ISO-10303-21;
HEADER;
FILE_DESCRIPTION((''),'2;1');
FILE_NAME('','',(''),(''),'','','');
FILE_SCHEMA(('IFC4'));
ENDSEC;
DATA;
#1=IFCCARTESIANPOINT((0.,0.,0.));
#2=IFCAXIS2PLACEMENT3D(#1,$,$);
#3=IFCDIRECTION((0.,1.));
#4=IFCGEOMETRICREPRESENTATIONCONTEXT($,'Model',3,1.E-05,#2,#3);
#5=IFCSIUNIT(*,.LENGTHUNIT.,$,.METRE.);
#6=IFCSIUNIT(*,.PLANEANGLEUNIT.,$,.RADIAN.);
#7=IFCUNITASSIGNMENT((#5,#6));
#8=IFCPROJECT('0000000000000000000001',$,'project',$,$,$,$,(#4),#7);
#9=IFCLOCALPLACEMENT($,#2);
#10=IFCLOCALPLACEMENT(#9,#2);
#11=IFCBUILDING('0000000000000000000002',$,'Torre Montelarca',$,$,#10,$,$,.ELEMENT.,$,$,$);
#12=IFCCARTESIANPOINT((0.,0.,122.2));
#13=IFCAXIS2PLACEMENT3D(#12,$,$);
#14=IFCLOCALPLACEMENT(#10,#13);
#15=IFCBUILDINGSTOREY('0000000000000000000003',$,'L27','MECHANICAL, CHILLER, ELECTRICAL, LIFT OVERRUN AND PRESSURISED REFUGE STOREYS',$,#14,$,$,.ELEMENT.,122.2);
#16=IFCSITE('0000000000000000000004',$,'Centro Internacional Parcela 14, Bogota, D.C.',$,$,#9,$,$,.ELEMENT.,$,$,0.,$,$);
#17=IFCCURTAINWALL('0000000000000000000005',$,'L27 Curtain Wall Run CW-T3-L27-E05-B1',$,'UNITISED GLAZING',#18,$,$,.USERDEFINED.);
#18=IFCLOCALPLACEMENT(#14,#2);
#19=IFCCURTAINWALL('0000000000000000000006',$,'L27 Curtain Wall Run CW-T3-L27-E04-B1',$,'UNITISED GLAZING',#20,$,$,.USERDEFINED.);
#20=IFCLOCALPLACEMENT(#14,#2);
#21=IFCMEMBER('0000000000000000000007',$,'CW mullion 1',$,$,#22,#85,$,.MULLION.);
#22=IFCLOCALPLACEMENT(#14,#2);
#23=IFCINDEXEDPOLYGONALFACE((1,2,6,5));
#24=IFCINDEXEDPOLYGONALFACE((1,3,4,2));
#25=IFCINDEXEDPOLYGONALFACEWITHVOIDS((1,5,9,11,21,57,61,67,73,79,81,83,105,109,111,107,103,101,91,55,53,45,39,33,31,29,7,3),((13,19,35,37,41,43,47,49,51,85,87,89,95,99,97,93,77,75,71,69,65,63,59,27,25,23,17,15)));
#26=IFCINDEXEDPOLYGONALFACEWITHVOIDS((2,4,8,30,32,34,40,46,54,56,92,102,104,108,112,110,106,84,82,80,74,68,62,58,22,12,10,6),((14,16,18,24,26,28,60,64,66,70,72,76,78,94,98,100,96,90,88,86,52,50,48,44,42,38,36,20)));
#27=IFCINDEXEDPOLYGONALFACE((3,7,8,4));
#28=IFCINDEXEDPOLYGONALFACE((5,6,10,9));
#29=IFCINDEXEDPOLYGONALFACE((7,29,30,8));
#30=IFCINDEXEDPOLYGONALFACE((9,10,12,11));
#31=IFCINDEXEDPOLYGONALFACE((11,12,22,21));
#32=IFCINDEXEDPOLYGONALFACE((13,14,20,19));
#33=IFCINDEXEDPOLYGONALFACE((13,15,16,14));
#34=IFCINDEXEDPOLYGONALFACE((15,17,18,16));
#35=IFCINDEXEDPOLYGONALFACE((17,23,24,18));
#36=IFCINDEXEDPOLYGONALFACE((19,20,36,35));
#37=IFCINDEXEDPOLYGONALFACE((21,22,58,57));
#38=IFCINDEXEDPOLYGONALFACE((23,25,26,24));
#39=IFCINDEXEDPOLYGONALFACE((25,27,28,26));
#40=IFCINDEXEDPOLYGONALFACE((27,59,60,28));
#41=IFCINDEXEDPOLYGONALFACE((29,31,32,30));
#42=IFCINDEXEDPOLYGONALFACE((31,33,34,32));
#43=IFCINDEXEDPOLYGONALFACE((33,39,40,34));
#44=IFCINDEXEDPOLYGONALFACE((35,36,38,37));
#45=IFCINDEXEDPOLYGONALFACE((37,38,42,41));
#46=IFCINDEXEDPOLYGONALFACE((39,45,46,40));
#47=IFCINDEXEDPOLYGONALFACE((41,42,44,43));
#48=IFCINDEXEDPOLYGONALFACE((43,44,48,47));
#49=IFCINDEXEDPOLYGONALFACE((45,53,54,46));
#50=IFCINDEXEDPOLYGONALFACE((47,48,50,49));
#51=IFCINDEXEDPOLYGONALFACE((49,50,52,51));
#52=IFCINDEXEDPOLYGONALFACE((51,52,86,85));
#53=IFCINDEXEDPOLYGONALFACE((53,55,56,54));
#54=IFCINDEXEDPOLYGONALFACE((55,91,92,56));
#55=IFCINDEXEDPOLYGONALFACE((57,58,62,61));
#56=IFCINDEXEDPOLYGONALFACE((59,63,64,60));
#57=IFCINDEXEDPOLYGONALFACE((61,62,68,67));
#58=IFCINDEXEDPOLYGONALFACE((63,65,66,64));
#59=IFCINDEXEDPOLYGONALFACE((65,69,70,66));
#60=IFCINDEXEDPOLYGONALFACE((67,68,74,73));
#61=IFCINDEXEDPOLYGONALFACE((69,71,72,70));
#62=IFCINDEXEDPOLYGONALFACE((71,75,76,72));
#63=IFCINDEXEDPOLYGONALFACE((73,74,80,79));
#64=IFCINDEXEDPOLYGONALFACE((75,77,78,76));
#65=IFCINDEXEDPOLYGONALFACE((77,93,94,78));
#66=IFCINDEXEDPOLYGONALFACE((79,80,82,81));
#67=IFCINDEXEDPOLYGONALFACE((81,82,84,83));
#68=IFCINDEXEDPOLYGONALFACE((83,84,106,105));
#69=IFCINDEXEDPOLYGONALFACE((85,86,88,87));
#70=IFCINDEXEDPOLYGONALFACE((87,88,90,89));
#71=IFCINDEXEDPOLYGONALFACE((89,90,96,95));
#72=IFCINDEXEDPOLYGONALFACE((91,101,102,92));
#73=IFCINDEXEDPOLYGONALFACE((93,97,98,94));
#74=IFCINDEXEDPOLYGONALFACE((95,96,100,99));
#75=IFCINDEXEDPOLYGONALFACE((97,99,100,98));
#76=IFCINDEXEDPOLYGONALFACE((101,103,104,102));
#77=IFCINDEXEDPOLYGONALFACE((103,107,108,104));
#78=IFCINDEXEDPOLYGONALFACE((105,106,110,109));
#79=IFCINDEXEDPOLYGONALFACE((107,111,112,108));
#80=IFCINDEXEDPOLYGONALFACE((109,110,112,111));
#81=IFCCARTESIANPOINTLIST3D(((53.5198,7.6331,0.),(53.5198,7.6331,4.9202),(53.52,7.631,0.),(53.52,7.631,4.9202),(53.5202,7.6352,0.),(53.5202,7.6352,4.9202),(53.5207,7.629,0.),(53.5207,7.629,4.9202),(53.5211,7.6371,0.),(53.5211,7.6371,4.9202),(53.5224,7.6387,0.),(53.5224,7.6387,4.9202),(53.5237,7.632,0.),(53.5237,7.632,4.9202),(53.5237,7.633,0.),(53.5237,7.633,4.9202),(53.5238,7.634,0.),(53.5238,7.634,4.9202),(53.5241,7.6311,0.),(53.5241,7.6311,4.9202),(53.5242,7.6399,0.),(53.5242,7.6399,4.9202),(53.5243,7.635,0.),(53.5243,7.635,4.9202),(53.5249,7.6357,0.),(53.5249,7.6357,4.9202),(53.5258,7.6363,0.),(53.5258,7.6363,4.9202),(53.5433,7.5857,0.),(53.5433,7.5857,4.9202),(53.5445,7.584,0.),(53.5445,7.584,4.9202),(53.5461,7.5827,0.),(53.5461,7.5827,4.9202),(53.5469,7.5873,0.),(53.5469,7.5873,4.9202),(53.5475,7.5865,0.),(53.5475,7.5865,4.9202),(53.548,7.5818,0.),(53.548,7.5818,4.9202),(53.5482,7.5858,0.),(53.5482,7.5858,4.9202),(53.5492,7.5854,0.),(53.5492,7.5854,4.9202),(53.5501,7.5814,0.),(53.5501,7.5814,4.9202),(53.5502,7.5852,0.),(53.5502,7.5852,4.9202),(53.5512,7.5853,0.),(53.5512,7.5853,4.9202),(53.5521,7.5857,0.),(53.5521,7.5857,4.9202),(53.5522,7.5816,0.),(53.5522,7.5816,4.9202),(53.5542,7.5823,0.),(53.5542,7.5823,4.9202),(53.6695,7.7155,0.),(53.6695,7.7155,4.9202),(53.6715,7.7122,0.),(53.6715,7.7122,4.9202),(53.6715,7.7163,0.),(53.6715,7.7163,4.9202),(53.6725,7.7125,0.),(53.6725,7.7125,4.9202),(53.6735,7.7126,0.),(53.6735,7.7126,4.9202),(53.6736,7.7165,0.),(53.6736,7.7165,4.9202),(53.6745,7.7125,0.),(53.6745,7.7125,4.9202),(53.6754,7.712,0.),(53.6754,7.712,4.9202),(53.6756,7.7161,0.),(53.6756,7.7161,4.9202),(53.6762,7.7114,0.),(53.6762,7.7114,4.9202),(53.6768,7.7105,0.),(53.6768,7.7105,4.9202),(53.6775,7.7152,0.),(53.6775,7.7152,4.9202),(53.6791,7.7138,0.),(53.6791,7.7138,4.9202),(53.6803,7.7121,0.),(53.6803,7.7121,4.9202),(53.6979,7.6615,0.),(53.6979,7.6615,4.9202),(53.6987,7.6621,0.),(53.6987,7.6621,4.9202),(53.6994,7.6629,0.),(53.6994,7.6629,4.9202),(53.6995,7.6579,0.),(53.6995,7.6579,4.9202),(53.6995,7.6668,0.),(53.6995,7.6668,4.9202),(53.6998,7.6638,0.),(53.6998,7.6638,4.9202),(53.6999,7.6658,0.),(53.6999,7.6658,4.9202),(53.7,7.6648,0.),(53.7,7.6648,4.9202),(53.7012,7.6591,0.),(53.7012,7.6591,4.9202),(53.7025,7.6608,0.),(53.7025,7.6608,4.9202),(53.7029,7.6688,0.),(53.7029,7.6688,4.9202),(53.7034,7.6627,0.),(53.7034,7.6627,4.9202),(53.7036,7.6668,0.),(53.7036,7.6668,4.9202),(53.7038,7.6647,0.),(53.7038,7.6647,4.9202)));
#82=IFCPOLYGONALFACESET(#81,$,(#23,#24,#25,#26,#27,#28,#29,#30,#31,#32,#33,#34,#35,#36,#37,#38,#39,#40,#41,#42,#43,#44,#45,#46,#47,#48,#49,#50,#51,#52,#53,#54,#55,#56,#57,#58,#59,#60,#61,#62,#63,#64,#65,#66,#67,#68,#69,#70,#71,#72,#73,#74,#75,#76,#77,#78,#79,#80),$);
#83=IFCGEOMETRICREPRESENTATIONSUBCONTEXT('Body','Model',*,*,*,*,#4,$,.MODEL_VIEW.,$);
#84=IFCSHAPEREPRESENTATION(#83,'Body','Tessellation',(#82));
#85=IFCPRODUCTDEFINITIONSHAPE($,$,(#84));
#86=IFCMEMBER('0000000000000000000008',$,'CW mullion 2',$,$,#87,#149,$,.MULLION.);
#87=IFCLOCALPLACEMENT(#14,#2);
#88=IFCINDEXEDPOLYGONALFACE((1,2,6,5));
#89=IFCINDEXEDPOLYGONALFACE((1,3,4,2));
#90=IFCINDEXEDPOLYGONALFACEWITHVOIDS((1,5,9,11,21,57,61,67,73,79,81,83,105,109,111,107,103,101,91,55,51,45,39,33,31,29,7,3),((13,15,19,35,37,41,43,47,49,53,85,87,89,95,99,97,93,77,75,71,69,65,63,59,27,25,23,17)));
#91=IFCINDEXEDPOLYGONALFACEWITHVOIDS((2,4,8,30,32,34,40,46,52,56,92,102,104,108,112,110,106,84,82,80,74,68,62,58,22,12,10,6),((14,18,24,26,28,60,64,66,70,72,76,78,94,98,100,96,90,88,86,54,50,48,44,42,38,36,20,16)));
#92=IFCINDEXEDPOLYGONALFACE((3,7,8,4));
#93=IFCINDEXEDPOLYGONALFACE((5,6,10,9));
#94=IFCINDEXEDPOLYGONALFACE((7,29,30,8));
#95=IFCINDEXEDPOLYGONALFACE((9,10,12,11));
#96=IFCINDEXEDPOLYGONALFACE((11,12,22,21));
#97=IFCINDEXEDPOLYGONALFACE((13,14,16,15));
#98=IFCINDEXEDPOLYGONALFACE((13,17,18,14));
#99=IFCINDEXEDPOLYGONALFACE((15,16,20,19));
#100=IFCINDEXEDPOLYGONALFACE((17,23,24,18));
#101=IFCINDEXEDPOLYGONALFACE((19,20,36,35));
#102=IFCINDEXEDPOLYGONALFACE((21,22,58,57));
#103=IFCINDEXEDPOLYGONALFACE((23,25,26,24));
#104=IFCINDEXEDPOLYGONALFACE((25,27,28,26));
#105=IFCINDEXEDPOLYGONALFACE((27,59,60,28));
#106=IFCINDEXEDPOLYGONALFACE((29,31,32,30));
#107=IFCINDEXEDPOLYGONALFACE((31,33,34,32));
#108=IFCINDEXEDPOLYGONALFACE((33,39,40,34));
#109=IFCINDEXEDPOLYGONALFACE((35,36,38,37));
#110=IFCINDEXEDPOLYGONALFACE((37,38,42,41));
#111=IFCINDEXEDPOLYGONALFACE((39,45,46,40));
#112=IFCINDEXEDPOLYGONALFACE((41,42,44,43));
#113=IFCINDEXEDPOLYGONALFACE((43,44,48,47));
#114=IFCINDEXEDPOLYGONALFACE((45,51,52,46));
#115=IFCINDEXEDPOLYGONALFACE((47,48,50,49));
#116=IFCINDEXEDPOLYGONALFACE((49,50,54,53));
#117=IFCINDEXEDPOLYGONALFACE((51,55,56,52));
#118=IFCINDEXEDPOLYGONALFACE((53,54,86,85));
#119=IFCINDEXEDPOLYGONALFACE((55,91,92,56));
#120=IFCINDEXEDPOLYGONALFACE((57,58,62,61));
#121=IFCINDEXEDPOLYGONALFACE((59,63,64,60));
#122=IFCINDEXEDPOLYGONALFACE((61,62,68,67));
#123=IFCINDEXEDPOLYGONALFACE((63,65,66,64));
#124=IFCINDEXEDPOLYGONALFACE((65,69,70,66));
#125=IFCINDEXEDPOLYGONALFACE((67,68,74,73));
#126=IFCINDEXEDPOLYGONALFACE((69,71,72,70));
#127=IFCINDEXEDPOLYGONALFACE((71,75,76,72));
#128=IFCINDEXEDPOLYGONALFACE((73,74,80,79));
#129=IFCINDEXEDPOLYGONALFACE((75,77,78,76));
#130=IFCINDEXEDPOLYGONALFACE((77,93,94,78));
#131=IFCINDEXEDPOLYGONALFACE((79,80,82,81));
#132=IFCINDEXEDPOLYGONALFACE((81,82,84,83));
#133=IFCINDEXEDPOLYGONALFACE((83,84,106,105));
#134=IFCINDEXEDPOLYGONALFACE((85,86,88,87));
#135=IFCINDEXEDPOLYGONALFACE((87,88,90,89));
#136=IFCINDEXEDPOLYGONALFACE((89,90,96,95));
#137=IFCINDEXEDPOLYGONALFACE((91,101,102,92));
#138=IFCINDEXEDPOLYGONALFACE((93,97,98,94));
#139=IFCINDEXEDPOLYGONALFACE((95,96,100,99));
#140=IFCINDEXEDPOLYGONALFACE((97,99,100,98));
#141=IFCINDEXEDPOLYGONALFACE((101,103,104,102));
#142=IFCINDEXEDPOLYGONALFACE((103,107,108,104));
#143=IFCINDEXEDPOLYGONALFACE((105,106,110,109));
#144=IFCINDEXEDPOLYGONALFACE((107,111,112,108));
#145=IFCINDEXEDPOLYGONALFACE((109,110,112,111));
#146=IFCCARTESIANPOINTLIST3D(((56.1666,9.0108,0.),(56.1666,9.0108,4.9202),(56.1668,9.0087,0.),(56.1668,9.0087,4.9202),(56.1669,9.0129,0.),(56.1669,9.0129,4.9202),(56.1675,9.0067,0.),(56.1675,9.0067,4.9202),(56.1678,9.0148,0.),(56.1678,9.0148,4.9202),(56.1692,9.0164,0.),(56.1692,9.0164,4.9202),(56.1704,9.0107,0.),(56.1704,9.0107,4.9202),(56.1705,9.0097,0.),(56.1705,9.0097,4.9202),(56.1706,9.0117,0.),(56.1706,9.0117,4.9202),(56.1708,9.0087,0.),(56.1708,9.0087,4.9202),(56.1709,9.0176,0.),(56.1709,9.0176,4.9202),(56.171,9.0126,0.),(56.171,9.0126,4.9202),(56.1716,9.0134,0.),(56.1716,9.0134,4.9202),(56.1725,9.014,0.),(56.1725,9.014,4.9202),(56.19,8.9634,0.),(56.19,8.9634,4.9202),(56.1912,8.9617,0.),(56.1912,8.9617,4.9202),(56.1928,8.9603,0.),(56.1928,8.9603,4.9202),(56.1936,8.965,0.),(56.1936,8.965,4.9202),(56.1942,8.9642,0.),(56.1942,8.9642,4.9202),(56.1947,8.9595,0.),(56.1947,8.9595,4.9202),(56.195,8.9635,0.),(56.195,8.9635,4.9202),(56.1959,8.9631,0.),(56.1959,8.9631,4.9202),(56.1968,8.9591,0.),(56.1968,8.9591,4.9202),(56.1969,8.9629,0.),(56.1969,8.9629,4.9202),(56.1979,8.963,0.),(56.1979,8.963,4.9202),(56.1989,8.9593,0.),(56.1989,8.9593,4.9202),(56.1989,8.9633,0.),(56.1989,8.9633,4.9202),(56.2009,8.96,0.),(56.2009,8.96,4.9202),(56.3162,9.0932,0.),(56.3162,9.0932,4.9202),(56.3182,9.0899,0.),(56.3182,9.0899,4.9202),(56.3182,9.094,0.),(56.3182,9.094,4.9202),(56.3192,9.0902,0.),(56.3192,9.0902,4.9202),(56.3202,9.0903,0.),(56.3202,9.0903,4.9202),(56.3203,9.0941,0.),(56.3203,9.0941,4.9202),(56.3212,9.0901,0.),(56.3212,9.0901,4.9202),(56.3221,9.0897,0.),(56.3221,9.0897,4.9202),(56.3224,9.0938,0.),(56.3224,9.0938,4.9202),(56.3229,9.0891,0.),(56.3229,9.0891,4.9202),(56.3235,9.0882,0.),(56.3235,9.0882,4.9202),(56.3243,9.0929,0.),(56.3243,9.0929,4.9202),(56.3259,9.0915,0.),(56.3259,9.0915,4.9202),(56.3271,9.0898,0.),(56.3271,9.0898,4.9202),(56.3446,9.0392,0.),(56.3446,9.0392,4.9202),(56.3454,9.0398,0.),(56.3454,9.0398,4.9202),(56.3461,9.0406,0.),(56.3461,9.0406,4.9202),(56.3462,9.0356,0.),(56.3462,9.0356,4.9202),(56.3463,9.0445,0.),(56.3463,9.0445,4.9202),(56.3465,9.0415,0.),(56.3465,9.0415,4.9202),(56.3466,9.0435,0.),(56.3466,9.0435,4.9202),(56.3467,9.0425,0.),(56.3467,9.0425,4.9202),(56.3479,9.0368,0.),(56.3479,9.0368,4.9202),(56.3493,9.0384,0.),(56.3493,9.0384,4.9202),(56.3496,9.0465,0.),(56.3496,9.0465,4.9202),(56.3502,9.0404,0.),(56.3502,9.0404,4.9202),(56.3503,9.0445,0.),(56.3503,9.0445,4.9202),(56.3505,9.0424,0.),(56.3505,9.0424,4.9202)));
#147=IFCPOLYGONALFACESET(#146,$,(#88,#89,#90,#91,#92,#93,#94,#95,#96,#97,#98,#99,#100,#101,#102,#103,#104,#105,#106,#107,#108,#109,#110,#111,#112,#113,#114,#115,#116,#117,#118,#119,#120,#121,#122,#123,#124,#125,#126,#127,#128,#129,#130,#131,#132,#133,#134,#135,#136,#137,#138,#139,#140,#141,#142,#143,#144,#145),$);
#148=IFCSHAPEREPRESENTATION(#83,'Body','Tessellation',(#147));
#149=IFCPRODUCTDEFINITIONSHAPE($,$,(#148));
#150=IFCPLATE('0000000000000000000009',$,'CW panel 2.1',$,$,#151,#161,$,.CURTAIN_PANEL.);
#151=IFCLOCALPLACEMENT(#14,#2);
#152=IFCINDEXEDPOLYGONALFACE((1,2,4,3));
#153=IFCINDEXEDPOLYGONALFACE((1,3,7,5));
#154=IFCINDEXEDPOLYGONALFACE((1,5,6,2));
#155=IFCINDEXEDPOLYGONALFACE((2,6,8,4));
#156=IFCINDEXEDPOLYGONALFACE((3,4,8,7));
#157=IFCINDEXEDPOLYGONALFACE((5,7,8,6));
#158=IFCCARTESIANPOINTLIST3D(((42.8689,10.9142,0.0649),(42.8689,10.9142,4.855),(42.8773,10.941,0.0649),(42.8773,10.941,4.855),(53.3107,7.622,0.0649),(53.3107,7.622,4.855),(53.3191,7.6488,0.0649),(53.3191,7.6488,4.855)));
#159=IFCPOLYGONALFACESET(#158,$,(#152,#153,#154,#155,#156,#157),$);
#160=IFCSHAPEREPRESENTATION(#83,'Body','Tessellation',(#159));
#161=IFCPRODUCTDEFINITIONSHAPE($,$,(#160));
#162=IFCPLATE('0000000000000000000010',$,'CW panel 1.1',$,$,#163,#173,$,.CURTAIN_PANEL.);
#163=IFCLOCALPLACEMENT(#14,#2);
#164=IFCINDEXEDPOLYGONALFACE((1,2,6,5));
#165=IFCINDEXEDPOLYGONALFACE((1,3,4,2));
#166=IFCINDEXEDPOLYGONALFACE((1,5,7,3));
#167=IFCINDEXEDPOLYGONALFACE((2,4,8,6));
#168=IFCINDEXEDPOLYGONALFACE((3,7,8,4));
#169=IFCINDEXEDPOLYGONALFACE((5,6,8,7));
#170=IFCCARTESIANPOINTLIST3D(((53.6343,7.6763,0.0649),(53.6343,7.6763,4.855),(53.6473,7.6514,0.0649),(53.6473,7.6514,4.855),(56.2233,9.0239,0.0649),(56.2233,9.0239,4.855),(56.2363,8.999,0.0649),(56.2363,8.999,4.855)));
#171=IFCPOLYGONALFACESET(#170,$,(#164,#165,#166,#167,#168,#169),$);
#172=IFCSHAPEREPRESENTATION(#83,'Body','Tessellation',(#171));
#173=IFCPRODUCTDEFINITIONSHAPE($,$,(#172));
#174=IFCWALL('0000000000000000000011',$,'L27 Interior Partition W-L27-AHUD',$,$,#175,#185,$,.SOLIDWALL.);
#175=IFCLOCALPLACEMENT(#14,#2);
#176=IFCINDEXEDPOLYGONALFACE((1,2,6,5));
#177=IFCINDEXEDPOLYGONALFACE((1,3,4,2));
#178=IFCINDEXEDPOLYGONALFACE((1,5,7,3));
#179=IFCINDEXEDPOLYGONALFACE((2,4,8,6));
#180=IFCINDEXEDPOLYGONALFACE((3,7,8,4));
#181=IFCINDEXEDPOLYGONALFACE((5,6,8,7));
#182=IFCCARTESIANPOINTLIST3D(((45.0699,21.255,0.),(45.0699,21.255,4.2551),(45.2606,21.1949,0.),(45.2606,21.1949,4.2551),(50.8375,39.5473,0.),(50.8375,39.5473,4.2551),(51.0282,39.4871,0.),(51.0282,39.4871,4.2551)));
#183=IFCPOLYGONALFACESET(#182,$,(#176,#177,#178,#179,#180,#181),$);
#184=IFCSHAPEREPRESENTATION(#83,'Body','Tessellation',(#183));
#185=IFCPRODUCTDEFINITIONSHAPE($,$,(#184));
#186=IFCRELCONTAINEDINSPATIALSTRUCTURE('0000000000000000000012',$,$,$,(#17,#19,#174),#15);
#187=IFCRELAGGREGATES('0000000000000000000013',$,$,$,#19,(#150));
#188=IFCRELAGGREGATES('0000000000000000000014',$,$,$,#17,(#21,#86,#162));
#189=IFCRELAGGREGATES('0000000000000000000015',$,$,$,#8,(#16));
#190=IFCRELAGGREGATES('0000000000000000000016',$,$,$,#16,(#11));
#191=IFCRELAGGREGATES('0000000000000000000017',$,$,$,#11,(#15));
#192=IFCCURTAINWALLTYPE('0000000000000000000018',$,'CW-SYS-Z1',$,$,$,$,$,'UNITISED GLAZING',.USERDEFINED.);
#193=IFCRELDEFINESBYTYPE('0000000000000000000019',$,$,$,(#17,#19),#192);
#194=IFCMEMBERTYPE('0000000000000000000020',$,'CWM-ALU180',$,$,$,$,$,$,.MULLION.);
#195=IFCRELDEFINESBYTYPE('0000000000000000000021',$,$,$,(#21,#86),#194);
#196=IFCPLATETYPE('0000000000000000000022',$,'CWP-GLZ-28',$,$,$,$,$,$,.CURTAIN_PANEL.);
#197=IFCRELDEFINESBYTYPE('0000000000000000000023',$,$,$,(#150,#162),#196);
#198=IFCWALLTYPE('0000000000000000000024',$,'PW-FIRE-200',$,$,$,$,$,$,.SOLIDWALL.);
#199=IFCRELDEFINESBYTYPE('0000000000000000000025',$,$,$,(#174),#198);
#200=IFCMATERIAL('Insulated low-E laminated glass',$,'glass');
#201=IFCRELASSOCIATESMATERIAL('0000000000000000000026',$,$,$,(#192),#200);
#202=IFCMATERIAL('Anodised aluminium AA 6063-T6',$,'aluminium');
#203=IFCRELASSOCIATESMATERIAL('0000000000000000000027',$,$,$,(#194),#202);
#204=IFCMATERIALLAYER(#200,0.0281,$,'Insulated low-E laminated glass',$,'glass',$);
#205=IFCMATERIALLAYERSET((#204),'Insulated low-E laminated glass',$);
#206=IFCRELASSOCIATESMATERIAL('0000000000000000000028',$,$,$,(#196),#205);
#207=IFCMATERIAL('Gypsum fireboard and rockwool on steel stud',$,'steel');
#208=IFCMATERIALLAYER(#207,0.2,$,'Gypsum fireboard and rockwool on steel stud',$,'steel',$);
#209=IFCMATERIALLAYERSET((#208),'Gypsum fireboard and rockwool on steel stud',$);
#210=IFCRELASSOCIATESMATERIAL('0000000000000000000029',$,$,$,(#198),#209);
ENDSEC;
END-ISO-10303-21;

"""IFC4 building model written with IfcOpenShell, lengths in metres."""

from ifc_helpers import new_model, si_unit, direction, frame, frame_2d, origin, origin_2d, place, context, subcontext, project, spatial, rectangle, hollow_rectangle, extrude, source, transform, mapped, material, layer, layer_set, material_profile, profile_set, type_object, element, aggregate, save


model = new_model("IFC4")

# Units and contexts
model_context = context("Model", 3, precision=1e-05, world=origin(), true_north=direction((0.0, 1.0)))
body_context = subcontext(model_context, "Body", "Model", "MODEL_VIEW")
ifc_project = project(units=[si_unit("LENGTHUNIT", "METRE"), si_unit("PLANEANGLEUNIT", "RADIAN")], contexts=[model_context])

# Site, building, storey
site_placement = place(None, origin())
site = spatial("IfcSite", under=ifc_project, at=site_placement, Name="Centro Internacional Parcela 14, Bogota, D.C.", CompositionType="ELEMENT", RefElevation=0.0)
building_placement = place(site_placement, origin())
building = spatial("IfcBuilding", under=site, at=building_placement, Name="Torre Montelarca", CompositionType="ELEMENT")
storey_placement = place(building_placement, frame((0.0, 0.0, 122.2)))
storey = spatial("IfcBuildingStorey", under=building, at=storey_placement, Name="L27", Description="MECHANICAL, CHILLER, ELECTRICAL, LIFT OVERRUN AND PRESSURISED REFUGE STOREYS", CompositionType="ELEMENT", Elevation=122.2)

# Curtain wall
ifc_material_1 = material(Name="Insulated low-E laminated glass", Category="glass")
curtain_wall_type = type_object("IfcCurtainWallType", Name="CW-SYS-Z1", ElementType="UNITISED GLAZING", PredefinedType="USERDEFINED", material=ifc_material_1)
curtain_wall_1_placement = place(storey_placement, origin())
curtain_wall_1 = element("IfcCurtainWall", 1, at=curtain_wall_1_placement, inside=storey, type_object=curtain_wall_type, Name="L27 Curtain Wall Run CW-T3-L27-E05-B1", ObjectType="UNITISED GLAZING", PredefinedType="USERDEFINED")
ifc_material_2 = material(Name="Anodised aluminium AA 6063-T6", Category="aluminium")

# Curtain wall
curtain_wall_2_placement = place(storey_placement, origin())
curtain_wall_2 = element("IfcCurtainWall", 2, at=curtain_wall_2_placement, inside=storey, type_object=curtain_wall_type, Name="L27 Curtain Wall Run CW-T3-L27-E04-B1", ObjectType="UNITISED GLAZING", PredefinedType="USERDEFINED")
ifc_material_profile_1 = material_profile(ifc_material_2, hollow_rectangle(XDim=0.0649, YDim=0.1799, WallThickness=0.0039, InnerFilletRadius=0.0039, OuterFilletRadius=0.0081, at=origin_2d()), Name="ALU65X180X4", Category="aluminium")
ifc_profile_set_1 = profile_set([ifc_material_profile_1], Name="Anodised aluminium AA 6063-T6")
member_type_1 = type_object("IfcMemberType", Name="CWM-ALU180", PredefinedType="MULLION", material=ifc_profile_set_1)
shared_shape_1 = source(origin(), body_context, "Body", "SweptSolid", [
    extrude(hollow_rectangle(XDim=0.0649, YDim=0.1799, WallThickness=0.0039, InnerFilletRadius=0.0039, OuterFilletRadius=0.0081, at=origin_2d()), origin(), (0.0, 0.0, 1.0), 4.9202),
])

# Members
member_1_placement = place(storey_placement, frame((53.6118, 7.6489, 0.0), z_axis=(0.0, 0.0, 1.0), x_axis=(-0.461729, 0.887021, 0.0)))
member_1 = element("IfcMember", 3, at=member_1_placement, type_object=member_type_1, Name="CW mullion 1", PredefinedType="MULLION", context=body_context, shape_type="MappedRepresentation", body=[
    mapped(shared_shape_1, transform((0.0, 0.0, 0.0), scale=1.0)),
])
member_2_placement = place(storey_placement, frame((56.2585, 9.0266, 0.0), z_axis=(0.0, 0.0, 1.0), x_axis=(-0.461729, 0.887021, 0.0)))
member_2 = element("IfcMember", 4, at=member_2_placement, type_object=member_type_1, Name="CW mullion 2", PredefinedType="MULLION", context=body_context, shape_type="MappedRepresentation", body=[
    mapped(shared_shape_1, transform((0.0, 0.0, 0.0), scale=1.0)),
])

# Plates
ifc_layer_1 = layer(ifc_material_1, 0.0281, Name="Insulated low-E laminated glass", Category="glass")
ifc_layer_set_1 = layer_set([ifc_layer_1], Name="Insulated low-E laminated glass")
plate_type = type_object("IfcPlateType", Name="CWP-GLZ-28", PredefinedType="CURTAIN_PANEL", material=ifc_layer_set_1)
shared_shape_2 = source(origin(), body_context, "Body", "SweptSolid", [
    extrude(rectangle(XDim=10.9485, YDim=0.0281, at=origin_2d()), origin(), (0.0, 0.0, 1.0), 4.79),
])
plate_1_placement = place(storey_placement, frame((48.094, 9.2815, 0.0649), z_axis=(0.0, 0.0, 1.0), x_axis=(0.953719, -0.300701, 0.0)))
plate_1 = element("IfcPlate", 5, at=plate_1_placement, type_object=plate_type, Name="CW panel 2.1", PredefinedType="CURTAIN_PANEL", context=body_context, shape_type="MappedRepresentation", body=[
    mapped(shared_shape_2, transform((0.0, 0.0, 0.0), scale=1.0)),
])
aggregate(curtain_wall_2, [plate_1])
shared_shape_3 = source(origin(), body_context, "Body", "SweptSolid", [
    extrude(rectangle(XDim=2.9187, YDim=0.0281, at=origin_2d()), origin(), (0.0, 0.0, 1.0), 4.79),
])
plate_2_placement = place(storey_placement, frame((54.9353, 8.3376, 0.0649), z_axis=(0.0, 0.0, 1.0), x_axis=(0.887021, 0.461729, 0.0)))
plate_2 = element("IfcPlate", 6, at=plate_2_placement, type_object=plate_type, Name="CW panel 1.1", PredefinedType="CURTAIN_PANEL", context=body_context, shape_type="MappedRepresentation", body=[
    mapped(shared_shape_3, transform((0.0, 0.0, 0.0), scale=1.0)),
])
aggregate(curtain_wall_1, [member_1, member_2, plate_2])

# Wall
ifc_material_3 = material(Name="Gypsum fireboard and rockwool on steel stud", Category="steel")
ifc_layer_2 = layer(ifc_material_3, 0.2, Name="Gypsum fireboard and rockwool on steel stud", Category="steel")
ifc_layer_set_2 = layer_set([ifc_layer_2], Name="Gypsum fireboard and rockwool on steel stud")
wall_type = type_object("IfcWallType", Name="PW-FIRE-200", PredefinedType="SOLIDWALL", material=ifc_layer_set_2)
wall_placement = place(storey_placement, frame((45.1653, 21.2251, 0.0), z_axis=(0.0, 0.0, 1.0), x_axis=(0.300709, 0.953716, 0.0)))
element("IfcWall", 7, at=wall_placement, inside=storey, type_object=wall_type, Name="L27 Interior Partition W-L27-AHUD", PredefinedType="SOLIDWALL", context=body_context, shape_type="SweptSolid", body=[
    extrude(rectangle(XDim=19.1799, YDim=0.2, at=frame_2d((9.5898, 0.0))), origin(), (0.0, 0.0, 1.0), 4.2551),
])

save(model, "model.ifc")
